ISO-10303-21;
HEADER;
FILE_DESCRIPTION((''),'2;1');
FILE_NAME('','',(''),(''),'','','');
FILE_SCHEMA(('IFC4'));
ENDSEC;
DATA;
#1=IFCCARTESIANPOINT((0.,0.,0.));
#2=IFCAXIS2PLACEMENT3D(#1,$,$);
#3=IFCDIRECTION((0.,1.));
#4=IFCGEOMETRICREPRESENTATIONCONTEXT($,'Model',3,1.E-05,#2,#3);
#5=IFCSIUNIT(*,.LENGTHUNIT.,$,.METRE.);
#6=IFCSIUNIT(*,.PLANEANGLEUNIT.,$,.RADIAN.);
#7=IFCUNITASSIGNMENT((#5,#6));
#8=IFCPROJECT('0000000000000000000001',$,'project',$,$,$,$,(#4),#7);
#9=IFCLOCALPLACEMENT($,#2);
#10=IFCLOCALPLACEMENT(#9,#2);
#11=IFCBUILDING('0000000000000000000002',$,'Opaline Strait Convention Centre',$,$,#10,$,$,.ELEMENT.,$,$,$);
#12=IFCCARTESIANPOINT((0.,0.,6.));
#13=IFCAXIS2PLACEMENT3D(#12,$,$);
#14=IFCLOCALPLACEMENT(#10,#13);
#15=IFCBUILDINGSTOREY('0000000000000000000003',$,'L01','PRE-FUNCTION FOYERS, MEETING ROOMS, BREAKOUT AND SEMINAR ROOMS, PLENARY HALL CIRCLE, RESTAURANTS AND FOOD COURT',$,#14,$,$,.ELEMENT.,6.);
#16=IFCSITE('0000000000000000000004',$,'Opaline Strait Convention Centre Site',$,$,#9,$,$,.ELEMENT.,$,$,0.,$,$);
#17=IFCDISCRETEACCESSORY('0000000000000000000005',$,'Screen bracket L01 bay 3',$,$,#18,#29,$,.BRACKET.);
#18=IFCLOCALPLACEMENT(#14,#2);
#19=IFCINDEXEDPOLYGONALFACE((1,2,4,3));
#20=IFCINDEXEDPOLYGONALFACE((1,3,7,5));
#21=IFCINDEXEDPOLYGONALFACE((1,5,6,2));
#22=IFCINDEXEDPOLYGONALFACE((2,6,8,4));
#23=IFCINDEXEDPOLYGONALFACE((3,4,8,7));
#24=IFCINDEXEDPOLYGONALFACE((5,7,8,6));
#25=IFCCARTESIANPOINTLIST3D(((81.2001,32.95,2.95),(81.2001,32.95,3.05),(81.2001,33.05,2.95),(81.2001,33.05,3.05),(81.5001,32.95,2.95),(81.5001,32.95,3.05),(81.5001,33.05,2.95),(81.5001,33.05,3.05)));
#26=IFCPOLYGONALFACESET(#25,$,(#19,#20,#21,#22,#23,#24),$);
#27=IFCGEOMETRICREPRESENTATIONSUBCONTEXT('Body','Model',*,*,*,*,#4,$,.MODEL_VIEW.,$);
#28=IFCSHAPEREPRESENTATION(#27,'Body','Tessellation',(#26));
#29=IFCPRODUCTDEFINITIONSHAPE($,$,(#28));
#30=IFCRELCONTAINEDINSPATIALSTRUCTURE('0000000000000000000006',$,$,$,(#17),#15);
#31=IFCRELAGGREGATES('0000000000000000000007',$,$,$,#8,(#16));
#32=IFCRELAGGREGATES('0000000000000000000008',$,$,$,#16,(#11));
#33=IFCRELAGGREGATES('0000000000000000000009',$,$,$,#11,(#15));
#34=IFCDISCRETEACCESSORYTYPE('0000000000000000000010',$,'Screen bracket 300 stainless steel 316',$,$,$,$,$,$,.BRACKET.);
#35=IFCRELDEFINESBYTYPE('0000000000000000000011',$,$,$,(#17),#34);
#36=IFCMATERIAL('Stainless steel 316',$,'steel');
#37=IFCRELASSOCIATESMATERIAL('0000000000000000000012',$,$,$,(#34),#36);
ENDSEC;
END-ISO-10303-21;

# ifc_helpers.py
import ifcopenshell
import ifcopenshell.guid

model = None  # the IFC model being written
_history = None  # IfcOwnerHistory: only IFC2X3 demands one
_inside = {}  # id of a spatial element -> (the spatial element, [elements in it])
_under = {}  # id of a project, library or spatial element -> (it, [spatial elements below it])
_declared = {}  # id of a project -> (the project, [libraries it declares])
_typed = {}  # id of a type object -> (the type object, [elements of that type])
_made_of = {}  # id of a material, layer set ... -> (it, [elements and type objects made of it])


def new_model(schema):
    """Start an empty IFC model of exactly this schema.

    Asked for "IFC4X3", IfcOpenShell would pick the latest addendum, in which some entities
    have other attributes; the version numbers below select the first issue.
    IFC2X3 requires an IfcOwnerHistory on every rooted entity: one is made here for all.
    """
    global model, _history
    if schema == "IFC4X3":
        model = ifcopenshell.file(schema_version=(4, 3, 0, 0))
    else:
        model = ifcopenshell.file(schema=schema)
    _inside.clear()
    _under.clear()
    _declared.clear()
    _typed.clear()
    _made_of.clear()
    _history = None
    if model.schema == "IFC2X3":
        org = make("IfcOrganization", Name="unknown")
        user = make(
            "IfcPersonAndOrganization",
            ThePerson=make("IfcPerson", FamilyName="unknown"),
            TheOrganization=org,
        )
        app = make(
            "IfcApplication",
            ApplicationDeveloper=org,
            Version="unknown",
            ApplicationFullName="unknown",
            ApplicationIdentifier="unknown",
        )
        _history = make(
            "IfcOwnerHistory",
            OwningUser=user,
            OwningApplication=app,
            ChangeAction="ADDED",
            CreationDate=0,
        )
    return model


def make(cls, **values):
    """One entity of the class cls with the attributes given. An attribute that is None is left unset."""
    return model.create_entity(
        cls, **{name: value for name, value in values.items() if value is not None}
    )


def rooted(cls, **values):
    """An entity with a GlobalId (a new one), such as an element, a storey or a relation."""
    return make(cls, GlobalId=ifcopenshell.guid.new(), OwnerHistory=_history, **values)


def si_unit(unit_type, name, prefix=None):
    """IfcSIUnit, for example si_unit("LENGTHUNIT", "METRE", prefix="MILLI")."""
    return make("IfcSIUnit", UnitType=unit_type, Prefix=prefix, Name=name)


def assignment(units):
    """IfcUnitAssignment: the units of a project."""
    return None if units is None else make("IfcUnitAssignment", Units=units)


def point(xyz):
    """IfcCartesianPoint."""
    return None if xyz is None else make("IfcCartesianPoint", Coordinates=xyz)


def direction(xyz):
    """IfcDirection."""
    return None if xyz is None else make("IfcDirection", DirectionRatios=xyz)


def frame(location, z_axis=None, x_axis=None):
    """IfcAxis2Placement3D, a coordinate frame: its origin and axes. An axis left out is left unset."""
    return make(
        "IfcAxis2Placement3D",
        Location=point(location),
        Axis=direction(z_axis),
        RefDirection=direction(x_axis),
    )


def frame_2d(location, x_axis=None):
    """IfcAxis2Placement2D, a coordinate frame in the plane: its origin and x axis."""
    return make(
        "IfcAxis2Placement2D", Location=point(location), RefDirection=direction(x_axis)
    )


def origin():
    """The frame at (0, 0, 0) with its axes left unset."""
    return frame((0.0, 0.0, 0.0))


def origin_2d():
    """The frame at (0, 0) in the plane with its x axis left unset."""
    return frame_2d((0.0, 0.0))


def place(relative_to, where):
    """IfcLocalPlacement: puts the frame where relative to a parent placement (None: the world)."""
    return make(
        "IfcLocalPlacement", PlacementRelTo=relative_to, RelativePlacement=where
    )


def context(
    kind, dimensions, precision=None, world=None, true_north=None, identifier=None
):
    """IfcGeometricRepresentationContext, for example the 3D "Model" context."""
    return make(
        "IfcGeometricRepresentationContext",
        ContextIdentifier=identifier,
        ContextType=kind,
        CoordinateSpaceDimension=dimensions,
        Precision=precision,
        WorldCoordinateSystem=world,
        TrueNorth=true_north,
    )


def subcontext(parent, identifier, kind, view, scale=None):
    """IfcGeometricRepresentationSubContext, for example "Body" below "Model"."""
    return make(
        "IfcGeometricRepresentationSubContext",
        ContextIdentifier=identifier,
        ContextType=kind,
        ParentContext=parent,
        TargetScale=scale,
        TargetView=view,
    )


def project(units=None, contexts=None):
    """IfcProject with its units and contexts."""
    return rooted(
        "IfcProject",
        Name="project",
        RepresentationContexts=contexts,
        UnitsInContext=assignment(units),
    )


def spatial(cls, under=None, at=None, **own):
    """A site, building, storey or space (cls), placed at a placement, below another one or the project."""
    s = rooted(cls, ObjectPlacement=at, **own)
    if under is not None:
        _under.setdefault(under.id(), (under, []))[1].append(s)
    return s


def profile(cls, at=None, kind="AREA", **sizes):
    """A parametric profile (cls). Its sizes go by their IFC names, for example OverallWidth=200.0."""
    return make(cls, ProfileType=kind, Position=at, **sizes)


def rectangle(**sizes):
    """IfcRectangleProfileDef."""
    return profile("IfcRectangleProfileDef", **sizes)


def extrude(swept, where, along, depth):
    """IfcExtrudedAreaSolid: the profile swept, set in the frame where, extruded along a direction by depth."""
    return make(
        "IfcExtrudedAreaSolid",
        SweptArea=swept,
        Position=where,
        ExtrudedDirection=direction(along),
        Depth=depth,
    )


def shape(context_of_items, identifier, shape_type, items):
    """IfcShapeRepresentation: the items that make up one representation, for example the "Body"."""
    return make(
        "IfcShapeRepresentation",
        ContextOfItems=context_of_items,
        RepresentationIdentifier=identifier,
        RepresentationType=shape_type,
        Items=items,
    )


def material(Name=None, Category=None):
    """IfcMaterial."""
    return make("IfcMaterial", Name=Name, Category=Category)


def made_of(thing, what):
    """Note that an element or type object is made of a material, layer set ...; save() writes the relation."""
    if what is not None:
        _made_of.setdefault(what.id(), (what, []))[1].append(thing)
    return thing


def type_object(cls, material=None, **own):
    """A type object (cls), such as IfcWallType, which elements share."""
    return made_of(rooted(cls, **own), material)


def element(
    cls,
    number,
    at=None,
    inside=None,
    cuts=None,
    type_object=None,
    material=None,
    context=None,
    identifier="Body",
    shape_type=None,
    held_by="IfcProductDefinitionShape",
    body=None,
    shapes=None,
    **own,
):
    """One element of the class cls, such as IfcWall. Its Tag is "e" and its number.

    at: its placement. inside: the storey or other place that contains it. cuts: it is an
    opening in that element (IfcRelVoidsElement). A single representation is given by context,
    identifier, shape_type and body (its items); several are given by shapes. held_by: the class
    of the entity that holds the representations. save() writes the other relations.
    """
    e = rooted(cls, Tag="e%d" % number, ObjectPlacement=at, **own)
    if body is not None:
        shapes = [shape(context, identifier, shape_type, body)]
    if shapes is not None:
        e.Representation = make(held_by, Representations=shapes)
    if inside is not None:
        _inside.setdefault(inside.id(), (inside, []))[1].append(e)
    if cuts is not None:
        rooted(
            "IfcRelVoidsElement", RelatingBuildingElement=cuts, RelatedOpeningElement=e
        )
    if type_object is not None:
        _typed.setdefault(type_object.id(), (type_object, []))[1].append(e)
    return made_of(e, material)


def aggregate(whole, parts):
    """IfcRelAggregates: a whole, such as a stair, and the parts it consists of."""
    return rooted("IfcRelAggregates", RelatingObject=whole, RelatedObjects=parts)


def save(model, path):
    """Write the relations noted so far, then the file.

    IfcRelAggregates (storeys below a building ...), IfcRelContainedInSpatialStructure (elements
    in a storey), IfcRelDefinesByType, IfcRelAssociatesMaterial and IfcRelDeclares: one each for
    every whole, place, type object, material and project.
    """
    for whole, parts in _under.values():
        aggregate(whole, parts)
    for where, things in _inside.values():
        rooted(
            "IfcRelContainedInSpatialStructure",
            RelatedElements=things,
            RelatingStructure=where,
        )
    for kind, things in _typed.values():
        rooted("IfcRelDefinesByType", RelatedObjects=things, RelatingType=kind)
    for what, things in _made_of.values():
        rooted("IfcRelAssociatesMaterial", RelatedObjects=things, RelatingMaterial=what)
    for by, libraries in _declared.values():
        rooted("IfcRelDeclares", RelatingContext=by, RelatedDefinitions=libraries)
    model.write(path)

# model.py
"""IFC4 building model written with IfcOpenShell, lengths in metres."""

from ifc_helpers import new_model, si_unit, direction, frame, origin, origin_2d, place, context, subcontext, project, spatial, rectangle, extrude, material, type_object, element, save


model = new_model("IFC4")

# Units and contexts
model_context = context("Model", 3, precision=1e-05, world=origin(), true_north=direction((0.0, 1.0)))
body_context = subcontext(model_context, "Body", "Model", "MODEL_VIEW")
ifc_project = project(units=[si_unit("LENGTHUNIT", "METRE"), si_unit("PLANEANGLEUNIT", "RADIAN")], contexts=[model_context])

# Site, building, storey
site_placement = place(None, origin())
site = spatial("IfcSite", under=ifc_project, at=site_placement, Name="Opaline Strait Convention Centre Site", CompositionType="ELEMENT", RefElevation=0.0)
building_placement = place(site_placement, origin())
building = spatial("IfcBuilding", under=site, at=building_placement, Name="Opaline Strait Convention Centre", CompositionType="ELEMENT")
storey_placement = place(building_placement, frame((0.0, 0.0, 6.0)))
storey = spatial("IfcBuildingStorey", under=building, at=storey_placement, Name="L01", Description="PRE-FUNCTION FOYERS, MEETING ROOMS, BREAKOUT AND SEMINAR ROOMS, PLENARY HALL CIRCLE, RESTAURANTS AND FOOD COURT", CompositionType="ELEMENT", Elevation=6.0)

# Discrete accessory
ifc_material_1 = material(Name="Stainless steel 316", Category="steel")
discrete_accessory_type = type_object("IfcDiscreteAccessoryType", Name="Screen bracket 300 stainless steel 316", PredefinedType="BRACKET", material=ifc_material_1)
for number, where, z_axis, x_axis, name in (
    (1, (81.3501, 33.0, 2.95), (0.0, 0.0, 1.0), (1.0, 0.0, 0.0), "Screen bracket L01 bay 3"),
):
    element("IfcDiscreteAccessory", number, at=place(storey_placement, frame(where, z_axis=z_axis, x_axis=x_axis)), inside=storey, type_object=discrete_accessory_type, Name=name, PredefinedType="BRACKET", context=body_context, shape_type="SweptSolid", body=[
        extrude(rectangle(XDim=0.3, YDim=0.1001, at=origin_2d()), origin(), (0.0, 0.0, 1.0), 0.1001),
    ])

save(model, "model.ifc")
